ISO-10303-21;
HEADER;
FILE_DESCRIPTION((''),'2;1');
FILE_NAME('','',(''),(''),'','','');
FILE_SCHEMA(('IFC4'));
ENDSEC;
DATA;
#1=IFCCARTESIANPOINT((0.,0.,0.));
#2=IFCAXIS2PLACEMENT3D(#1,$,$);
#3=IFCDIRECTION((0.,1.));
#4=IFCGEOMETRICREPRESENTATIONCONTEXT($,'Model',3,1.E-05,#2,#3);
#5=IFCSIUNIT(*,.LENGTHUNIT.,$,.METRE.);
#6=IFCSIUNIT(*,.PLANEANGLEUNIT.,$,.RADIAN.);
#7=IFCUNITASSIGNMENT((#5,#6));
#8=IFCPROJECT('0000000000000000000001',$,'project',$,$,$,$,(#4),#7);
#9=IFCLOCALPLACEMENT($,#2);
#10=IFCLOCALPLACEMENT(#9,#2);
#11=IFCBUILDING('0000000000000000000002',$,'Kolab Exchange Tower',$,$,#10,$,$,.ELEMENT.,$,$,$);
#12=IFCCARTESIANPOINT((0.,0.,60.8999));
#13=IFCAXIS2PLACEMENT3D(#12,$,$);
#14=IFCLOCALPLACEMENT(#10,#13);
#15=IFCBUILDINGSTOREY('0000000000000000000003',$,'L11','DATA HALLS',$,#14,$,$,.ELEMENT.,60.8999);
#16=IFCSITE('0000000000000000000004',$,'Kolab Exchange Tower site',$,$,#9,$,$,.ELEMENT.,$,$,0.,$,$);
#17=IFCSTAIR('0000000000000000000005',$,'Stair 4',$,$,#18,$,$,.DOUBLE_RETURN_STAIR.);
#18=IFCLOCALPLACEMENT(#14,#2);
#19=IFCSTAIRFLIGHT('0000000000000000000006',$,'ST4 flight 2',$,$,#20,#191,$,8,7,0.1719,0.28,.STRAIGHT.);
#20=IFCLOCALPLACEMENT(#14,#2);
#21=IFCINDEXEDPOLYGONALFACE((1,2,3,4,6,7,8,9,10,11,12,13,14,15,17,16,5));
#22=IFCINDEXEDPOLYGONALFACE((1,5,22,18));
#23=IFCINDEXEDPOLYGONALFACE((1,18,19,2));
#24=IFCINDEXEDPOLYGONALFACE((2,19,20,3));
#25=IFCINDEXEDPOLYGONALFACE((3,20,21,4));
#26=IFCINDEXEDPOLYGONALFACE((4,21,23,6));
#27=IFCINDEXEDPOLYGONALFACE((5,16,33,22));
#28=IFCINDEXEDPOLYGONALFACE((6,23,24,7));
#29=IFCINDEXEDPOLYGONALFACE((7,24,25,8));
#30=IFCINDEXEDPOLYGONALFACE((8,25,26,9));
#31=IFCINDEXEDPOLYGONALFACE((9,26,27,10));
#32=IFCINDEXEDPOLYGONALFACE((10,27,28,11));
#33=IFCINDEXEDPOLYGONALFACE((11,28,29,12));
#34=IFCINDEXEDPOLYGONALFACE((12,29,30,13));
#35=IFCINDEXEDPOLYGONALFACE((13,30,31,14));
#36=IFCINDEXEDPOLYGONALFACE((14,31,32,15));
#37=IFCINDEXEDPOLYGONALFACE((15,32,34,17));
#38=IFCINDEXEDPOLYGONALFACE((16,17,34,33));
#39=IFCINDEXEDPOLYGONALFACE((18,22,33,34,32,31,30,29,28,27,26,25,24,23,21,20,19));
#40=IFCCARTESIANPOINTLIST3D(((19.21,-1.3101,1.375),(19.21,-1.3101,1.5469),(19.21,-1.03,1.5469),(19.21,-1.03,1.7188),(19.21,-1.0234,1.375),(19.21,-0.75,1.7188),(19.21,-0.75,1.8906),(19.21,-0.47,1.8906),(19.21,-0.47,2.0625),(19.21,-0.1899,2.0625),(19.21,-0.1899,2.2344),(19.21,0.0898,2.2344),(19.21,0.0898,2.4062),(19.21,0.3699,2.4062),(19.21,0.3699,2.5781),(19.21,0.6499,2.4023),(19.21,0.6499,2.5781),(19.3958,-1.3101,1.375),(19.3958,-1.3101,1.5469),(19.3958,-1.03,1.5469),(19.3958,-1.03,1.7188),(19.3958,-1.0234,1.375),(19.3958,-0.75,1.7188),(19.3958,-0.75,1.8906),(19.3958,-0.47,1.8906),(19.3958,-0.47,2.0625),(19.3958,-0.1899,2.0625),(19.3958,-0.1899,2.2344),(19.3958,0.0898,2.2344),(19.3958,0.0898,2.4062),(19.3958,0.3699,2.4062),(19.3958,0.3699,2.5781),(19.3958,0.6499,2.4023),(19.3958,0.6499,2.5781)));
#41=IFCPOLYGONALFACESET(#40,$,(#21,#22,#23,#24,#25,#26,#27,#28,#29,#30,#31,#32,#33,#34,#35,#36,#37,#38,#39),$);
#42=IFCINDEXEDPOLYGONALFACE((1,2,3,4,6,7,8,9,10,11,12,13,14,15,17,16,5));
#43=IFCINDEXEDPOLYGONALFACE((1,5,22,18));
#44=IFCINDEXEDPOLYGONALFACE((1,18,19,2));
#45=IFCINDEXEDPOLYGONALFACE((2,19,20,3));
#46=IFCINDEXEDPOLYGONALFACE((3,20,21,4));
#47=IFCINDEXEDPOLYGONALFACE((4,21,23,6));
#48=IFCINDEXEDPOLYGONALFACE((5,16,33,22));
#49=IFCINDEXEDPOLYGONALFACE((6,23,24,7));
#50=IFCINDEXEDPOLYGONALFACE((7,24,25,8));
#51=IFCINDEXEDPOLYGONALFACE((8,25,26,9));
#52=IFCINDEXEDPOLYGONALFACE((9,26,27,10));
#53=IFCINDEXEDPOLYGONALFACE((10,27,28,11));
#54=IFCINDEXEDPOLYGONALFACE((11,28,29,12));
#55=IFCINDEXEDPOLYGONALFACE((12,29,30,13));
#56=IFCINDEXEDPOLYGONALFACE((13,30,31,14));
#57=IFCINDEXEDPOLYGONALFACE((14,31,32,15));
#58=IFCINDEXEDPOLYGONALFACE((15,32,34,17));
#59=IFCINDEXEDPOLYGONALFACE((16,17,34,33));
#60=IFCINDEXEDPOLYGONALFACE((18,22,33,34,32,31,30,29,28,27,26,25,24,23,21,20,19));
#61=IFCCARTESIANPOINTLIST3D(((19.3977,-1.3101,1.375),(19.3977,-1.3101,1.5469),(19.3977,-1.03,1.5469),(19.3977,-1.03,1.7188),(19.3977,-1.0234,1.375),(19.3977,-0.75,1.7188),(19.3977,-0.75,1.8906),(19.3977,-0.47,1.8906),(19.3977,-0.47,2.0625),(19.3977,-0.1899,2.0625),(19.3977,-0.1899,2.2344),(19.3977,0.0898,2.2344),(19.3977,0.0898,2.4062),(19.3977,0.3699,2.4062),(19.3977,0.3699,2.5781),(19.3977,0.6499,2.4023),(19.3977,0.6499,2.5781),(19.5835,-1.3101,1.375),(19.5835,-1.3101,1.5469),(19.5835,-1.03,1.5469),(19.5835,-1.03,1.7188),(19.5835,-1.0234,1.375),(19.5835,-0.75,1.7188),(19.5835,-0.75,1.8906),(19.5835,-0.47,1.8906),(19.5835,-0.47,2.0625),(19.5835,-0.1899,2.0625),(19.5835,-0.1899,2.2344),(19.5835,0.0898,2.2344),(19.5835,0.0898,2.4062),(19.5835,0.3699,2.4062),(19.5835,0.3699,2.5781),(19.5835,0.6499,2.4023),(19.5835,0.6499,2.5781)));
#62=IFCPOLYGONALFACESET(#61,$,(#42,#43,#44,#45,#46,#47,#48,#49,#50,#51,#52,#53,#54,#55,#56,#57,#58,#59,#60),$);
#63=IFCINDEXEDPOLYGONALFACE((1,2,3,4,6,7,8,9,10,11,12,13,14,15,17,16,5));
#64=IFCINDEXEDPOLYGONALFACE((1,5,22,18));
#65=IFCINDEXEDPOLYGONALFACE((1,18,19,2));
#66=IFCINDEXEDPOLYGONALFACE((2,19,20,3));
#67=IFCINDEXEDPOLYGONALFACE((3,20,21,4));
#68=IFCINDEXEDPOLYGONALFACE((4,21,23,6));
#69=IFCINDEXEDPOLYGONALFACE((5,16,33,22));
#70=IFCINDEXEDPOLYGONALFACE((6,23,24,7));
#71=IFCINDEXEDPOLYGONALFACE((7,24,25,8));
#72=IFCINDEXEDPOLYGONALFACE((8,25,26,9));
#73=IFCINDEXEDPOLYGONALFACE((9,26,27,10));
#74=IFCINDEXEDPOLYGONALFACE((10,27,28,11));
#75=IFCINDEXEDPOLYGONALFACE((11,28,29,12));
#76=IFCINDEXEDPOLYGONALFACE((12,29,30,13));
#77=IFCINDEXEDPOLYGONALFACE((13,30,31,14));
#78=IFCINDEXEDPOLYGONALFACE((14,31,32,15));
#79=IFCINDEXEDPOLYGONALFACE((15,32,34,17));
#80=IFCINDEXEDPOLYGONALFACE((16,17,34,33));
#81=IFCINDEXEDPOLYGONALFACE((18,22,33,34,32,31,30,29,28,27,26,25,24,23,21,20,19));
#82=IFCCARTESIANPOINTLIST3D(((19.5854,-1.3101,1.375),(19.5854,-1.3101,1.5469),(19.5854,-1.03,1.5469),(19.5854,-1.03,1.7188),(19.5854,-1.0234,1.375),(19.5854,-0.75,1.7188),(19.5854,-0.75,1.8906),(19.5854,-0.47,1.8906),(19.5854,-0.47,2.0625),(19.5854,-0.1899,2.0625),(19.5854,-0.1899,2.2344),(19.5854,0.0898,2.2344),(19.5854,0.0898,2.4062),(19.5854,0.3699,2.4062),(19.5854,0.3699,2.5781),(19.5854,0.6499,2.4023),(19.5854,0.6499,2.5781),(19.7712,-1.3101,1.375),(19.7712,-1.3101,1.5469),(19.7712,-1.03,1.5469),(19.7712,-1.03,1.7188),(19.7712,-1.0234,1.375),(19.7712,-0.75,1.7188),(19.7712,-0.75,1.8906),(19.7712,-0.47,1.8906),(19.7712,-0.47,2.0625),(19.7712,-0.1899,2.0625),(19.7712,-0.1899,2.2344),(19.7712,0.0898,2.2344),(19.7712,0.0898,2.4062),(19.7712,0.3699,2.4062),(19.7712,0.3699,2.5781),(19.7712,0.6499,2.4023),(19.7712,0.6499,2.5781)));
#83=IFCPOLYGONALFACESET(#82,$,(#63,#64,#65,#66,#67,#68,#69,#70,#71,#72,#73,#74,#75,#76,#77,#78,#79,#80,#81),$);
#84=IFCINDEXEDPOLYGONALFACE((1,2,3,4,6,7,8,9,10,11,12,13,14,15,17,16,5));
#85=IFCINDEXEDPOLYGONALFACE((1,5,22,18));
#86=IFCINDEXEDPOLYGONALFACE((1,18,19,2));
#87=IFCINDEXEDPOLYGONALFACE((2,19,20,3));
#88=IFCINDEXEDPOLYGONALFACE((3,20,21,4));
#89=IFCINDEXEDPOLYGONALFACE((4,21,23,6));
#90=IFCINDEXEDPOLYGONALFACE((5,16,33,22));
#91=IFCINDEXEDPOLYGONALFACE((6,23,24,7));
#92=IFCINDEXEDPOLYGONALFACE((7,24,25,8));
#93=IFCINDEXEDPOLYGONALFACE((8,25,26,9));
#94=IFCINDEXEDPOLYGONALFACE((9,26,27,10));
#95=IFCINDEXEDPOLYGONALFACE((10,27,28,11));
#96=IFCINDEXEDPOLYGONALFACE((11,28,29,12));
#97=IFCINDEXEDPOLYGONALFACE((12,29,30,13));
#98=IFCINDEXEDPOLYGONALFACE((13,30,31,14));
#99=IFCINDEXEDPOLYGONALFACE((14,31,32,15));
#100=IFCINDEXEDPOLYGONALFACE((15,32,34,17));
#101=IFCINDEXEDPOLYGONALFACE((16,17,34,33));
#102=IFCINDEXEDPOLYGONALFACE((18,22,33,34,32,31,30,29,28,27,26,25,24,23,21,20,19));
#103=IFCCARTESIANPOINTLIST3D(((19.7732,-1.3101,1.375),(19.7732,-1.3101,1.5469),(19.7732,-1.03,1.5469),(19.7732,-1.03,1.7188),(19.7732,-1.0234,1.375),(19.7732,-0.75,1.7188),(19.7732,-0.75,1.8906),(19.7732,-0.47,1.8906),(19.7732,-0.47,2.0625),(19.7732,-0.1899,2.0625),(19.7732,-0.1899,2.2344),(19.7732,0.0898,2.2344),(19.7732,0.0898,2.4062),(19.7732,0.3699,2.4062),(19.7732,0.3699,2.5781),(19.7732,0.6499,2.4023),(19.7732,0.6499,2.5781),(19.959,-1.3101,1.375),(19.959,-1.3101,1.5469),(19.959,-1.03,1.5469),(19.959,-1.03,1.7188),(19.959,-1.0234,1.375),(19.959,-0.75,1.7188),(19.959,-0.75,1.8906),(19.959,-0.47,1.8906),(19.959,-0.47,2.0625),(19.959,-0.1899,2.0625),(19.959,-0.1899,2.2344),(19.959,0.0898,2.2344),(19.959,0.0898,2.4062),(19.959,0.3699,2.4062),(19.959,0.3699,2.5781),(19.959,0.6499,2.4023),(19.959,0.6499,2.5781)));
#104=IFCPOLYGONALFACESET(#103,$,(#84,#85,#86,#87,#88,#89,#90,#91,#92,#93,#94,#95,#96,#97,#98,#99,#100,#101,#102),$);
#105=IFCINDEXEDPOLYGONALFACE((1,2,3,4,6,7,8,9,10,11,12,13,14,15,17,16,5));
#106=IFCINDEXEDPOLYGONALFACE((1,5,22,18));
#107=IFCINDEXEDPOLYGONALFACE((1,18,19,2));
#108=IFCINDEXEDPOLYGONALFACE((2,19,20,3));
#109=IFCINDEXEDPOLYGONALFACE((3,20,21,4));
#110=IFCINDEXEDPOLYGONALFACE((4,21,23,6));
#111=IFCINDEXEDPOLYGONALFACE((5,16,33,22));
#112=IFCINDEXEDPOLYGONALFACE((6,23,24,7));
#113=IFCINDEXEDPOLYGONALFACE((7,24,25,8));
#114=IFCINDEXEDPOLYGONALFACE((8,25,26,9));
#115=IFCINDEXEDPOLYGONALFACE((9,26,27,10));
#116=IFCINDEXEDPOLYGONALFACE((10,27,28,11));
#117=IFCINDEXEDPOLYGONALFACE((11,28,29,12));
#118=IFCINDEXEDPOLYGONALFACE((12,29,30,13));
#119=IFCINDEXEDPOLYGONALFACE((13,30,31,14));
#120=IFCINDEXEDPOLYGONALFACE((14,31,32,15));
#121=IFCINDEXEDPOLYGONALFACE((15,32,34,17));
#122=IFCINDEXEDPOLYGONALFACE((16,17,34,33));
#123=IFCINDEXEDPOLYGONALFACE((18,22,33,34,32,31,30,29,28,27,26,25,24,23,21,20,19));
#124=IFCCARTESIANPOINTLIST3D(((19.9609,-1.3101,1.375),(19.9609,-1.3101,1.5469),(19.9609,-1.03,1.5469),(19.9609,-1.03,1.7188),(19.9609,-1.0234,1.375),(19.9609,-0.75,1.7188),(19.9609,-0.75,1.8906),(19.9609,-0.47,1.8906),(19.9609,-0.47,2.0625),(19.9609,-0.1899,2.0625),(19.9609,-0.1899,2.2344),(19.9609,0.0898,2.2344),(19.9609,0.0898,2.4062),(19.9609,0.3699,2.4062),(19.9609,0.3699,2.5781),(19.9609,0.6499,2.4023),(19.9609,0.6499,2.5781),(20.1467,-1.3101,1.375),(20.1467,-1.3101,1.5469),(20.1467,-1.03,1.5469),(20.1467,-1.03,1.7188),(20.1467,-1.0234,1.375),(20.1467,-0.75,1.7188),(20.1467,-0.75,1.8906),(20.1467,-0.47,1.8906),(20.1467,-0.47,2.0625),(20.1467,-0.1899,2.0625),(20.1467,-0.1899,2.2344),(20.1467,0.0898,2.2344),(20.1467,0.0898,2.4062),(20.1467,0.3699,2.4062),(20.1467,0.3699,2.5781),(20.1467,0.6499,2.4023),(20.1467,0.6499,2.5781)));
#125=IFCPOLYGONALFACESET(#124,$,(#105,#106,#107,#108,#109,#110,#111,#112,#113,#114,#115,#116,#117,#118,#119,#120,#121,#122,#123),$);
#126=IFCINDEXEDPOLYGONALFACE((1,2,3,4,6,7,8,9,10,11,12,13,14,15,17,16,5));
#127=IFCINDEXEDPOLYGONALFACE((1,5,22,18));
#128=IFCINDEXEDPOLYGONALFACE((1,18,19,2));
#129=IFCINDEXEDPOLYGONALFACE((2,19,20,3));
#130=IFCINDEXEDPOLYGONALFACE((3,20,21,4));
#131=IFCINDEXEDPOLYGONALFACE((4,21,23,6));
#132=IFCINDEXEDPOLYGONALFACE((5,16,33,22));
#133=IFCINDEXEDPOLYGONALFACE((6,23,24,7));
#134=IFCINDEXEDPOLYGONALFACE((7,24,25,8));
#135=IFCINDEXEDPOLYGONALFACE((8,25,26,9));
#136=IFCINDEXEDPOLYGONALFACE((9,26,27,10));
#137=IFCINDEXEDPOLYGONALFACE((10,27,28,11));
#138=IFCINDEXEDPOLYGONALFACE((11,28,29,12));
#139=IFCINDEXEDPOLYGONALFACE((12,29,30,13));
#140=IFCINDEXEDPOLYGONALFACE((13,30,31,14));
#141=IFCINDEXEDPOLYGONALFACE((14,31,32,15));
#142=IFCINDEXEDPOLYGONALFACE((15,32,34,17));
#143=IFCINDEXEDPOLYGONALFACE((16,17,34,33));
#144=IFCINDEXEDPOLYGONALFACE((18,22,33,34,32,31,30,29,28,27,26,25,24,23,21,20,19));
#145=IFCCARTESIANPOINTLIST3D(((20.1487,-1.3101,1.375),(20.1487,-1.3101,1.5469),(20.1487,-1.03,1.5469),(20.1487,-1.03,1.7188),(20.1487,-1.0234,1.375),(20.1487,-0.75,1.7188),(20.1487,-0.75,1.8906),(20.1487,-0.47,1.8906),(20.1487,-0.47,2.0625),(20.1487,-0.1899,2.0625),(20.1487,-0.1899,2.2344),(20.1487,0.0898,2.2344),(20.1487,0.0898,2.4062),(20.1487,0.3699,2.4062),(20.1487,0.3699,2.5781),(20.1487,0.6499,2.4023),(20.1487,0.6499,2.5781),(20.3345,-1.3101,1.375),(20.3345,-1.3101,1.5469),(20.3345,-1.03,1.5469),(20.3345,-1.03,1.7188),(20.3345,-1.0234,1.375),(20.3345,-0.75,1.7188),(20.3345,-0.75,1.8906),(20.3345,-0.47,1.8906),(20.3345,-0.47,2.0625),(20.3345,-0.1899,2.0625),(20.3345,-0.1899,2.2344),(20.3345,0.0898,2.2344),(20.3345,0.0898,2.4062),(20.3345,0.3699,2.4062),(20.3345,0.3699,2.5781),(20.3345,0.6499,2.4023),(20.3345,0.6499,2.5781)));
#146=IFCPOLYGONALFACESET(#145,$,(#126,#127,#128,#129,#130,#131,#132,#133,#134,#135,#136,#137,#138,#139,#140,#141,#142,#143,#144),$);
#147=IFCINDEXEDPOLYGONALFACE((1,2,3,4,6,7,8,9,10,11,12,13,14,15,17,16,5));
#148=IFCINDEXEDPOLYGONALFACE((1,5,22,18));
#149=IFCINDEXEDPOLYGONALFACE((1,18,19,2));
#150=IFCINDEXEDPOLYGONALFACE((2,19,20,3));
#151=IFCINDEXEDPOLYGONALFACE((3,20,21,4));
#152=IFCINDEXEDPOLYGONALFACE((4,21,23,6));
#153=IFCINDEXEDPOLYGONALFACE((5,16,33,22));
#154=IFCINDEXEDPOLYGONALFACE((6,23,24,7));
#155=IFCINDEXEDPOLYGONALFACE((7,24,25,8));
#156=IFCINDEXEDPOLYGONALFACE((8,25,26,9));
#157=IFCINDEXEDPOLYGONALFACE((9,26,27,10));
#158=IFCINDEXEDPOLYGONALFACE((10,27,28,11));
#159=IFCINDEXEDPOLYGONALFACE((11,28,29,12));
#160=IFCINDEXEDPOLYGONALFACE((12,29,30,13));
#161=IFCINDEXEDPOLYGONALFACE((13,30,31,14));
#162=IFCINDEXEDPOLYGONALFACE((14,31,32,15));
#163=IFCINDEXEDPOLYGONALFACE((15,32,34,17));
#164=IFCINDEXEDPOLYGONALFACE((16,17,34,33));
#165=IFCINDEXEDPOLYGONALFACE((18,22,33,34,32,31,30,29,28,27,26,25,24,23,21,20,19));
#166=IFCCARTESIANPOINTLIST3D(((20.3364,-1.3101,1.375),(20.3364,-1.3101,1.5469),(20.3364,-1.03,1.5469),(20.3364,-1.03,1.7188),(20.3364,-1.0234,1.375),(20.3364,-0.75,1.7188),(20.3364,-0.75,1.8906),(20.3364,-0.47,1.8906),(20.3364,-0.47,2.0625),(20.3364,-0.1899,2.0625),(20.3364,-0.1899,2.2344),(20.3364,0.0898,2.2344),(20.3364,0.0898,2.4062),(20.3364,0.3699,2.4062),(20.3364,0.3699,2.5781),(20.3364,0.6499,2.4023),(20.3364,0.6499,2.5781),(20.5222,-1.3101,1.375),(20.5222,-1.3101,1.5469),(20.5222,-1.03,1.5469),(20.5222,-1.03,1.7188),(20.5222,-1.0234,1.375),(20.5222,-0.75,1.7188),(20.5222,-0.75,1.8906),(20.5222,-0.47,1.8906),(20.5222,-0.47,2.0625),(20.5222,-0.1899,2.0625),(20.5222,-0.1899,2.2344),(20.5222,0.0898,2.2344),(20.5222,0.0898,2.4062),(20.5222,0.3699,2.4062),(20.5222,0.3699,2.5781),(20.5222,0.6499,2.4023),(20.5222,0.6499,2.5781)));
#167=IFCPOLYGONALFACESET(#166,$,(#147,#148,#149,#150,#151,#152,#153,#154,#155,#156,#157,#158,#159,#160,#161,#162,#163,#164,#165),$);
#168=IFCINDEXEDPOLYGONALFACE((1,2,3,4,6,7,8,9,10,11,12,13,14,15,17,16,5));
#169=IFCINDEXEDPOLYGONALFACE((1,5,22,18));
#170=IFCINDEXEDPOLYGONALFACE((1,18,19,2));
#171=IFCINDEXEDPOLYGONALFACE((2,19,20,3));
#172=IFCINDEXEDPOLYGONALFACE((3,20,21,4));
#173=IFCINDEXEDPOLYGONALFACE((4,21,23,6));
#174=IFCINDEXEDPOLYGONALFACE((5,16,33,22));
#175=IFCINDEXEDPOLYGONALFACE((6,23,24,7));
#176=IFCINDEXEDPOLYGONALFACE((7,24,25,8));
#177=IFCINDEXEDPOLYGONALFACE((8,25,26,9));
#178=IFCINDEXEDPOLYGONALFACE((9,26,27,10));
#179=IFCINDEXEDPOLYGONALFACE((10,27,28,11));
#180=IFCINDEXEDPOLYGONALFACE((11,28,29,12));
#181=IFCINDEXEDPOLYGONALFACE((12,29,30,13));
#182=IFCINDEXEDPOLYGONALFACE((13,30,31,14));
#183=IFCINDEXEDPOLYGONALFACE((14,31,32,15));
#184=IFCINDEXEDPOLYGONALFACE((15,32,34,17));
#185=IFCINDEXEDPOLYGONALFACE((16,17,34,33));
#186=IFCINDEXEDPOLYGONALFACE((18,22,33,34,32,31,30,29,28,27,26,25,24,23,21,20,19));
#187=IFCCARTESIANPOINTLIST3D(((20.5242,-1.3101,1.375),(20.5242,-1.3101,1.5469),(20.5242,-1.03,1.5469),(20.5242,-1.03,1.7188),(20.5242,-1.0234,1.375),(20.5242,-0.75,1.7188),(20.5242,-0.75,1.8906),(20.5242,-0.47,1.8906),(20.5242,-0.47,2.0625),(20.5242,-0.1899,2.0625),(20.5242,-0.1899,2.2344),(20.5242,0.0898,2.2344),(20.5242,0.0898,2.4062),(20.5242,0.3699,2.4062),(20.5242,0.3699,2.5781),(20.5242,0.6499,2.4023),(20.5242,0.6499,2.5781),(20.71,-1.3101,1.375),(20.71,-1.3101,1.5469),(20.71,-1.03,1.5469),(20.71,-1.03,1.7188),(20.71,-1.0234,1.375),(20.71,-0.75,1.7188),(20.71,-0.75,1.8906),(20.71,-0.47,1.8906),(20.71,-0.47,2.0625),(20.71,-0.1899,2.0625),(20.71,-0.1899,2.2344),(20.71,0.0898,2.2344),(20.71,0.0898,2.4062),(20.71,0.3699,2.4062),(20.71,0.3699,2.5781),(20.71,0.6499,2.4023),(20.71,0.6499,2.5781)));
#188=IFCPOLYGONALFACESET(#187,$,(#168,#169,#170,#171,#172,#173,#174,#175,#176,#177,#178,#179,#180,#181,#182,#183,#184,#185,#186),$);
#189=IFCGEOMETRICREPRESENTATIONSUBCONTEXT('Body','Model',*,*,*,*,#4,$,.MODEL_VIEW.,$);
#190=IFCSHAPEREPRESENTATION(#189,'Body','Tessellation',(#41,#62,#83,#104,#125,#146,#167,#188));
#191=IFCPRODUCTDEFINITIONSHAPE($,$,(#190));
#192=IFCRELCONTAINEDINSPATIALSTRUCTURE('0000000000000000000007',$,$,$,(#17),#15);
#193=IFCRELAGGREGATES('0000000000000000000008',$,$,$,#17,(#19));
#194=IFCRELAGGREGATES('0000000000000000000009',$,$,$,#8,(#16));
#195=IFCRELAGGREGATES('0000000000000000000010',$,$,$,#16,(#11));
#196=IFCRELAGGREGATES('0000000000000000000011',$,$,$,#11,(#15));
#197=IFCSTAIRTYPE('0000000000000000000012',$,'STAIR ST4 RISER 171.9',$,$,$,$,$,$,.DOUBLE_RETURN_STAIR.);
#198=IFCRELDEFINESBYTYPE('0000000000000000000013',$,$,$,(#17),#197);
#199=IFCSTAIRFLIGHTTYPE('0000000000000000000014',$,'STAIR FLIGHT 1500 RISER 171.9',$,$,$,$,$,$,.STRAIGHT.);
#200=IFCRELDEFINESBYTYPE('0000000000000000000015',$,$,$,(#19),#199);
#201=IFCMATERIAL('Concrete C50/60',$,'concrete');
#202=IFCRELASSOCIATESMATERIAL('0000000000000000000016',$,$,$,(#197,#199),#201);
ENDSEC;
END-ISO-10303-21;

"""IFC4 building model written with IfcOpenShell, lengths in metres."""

from ifc_helpers import new_model, si_unit, direction, frame, origin, place, context, subcontext, project, spatial, polyline, outline, extrude, material, type_object, element, aggregate, save


model = new_model("IFC4")

# Units and contexts
model_context = context("Model", 3, precision=1e-05, world=origin(), true_north=direction((0.0, 1.0)))
body_context = subcontext(model_context, "Body", "Model", "MODEL_VIEW")
ifc_project = project(units=[si_unit("LENGTHUNIT", "METRE"), si_unit("PLANEANGLEUNIT", "RADIAN")], contexts=[model_context])

# Site, building, storey
site_placement = place(None, origin())
site = spatial("IfcSite", under=ifc_project, at=site_placement, Name="Kolab Exchange Tower site", CompositionType="ELEMENT", RefElevation=0.0)
building_placement = place(site_placement, origin())
building = spatial("IfcBuilding", under=site, at=building_placement, Name="Kolab Exchange Tower", CompositionType="ELEMENT")
storey_placement = place(building_placement, frame((0.0, 0.0, 60.8999)))
storey = spatial("IfcBuildingStorey", under=building, at=storey_placement, Name="L11", Description="DATA HALLS", CompositionType="ELEMENT", Elevation=60.8999)

# Shared definitions
ifc_material_1 = material(Name="Concrete C50/60", Category="concrete")

# Stair, stair flight
stair_type = type_object("IfcStairType", Name="STAIR ST4 RISER 171.9", PredefinedType="DOUBLE_RETURN_STAIR", material=ifc_material_1)
stair_placement = place(storey_placement, origin())
stair = element("IfcStair", 1, at=stair_placement, inside=storey, type_object=stair_type, Name="Stair 4", PredefinedType="DOUBLE_RETURN_STAIR")
stair_flight_type = type_object("IfcStairFlightType", Name="STAIR FLIGHT 1500 RISER 171.9", PredefinedType="STRAIGHT", material=ifc_material_1)
stair_flight_1_placement = place(storey_placement, frame((19.96, -1.3101, 1.375), z_axis=(0.0, 0.0, 1.0), x_axis=(0.0, 1.0, 0.0)))
stair_flight_1 = element("IfcStairFlight", 2, at=stair_flight_1_placement, type_object=stair_flight_type, Name="ST4 flight 2", NumberOfRisers=8, NumberOfTreads=7, PredefinedType="STRAIGHT", RiserHeight=0.1719, TreadLength=0.28, context=body_context, shape_type="SweptSolid", body=[
    extrude(outline(polyline([(0.0, 0.0), (0.0, 0.1719), (0.28, 0.1719), (0.28, 0.3438), (0.5601, 0.3438), (0.5601, 0.5156), (0.8401, 0.5156), (0.8401, 0.6875), (1.1201, 0.6875), (1.1201, 0.8594), (1.3999, 0.8594), (1.3999, 1.0312), (1.6799, 1.0312), (1.6799, 1.2031), (1.96, 1.2031), (1.96, 1.375), (1.96, 1.0273), (0.2866, 0.0), (0.0, 0.0)])), frame((0.0, 0.75, 0.0), z_axis=(0.0, -1.0, 0.0), x_axis=(1.0, 0.0, 0.0)), (0.0, 0.0, 1.0), 0.1858),
    extrude(outline(polyline([(0.0, 0.0), (0.0, 0.1719), (0.28, 0.1719), (0.28, 0.3438), (0.5601, 0.3438), (0.5601, 0.5156), (0.8401, 0.5156), (0.8401, 0.6875), (1.1201, 0.6875), (1.1201, 0.8594), (1.3999, 0.8594), (1.3999, 1.0312), (1.6799, 1.0312), (1.6799, 1.2031), (1.96, 1.2031), (1.96, 1.375), (1.96, 1.0273), (0.2866, 0.0), (0.0, 0.0)])), frame((0.0, 0.5623, 0.0), z_axis=(0.0, -1.0, 0.0), x_axis=(1.0, 0.0, 0.0)), (0.0, 0.0, 1.0), 0.1858),
    extrude(outline(polyline([(0.0, 0.0), (0.0, 0.1719), (0.28, 0.1719), (0.28, 0.3438), (0.5601, 0.3438), (0.5601, 0.5156), (0.8401, 0.5156), (0.8401, 0.6875), (1.1201, 0.6875), (1.1201, 0.8594), (1.3999, 0.8594), (1.3999, 1.0312), (1.6799, 1.0312), (1.6799, 1.2031), (1.96, 1.2031), (1.96, 1.375), (1.96, 1.0273), (0.2866, 0.0), (0.0, 0.0)])), frame((0.0, 0.3745, 0.0), z_axis=(0.0, -1.0, 0.0), x_axis=(1.0, 0.0, 0.0)), (0.0, 0.0, 1.0), 0.1858),
    extrude(outline(polyline([(0.0, 0.0), (0.0, 0.1719), (0.28, 0.1719), (0.28, 0.3438), (0.5601, 0.3438), (0.5601, 0.5156), (0.8401, 0.5156), (0.8401, 0.6875), (1.1201, 0.6875), (1.1201, 0.8594), (1.3999, 0.8594), (1.3999, 1.0312), (1.6799, 1.0312), (1.6799, 1.2031), (1.96, 1.2031), (1.96, 1.375), (1.96, 1.0273), (0.2866, 0.0), (0.0, 0.0)])), frame((0.0, 0.1868, 0.0), z_axis=(0.0, -1.0, 0.0), x_axis=(1.0, 0.0, 0.0)), (0.0, 0.0, 1.0), 0.1858),
    extrude(outline(polyline([(0.0, 0.0), (0.0, 0.1719), (0.28, 0.1719), (0.28, 0.3438), (0.5601, 0.3438), (0.5601, 0.5156), (0.8401, 0.5156), (0.8401, 0.6875), (1.1201, 0.6875), (1.1201, 0.8594), (1.3999, 0.8594), (1.3999, 1.0312), (1.6799, 1.0312), (1.6799, 1.2031), (1.96, 1.2031), (1.96, 1.375), (1.96, 1.0273), (0.2866, 0.0), (0.0, 0.0)])), frame((0.0, -0.001, 0.0), z_axis=(0.0, -1.0, 0.0), x_axis=(1.0, 0.0, 0.0)), (0.0, 0.0, 1.0), 0.1858),
    extrude(outline(polyline([(0.0, 0.0), (0.0, 0.1719), (0.28, 0.1719), (0.28, 0.3438), (0.5601, 0.3438), (0.5601, 0.5156), (0.8401, 0.5156), (0.8401, 0.6875), (1.1201, 0.6875), (1.1201, 0.8594), (1.3999, 0.8594), (1.3999, 1.0312), (1.6799, 1.0312), (1.6799, 1.2031), (1.96, 1.2031), (1.96, 1.375), (1.96, 1.0273), (0.2866, 0.0), (0.0, 0.0)])), frame((0.0, -0.1887, 0.0), z_axis=(0.0, -1.0, 0.0), x_axis=(1.0, 0.0, 0.0)), (0.0, 0.0, 1.0), 0.1858),
    extrude(outline(polyline([(0.0, 0.0), (0.0, 0.1719), (0.28, 0.1719), (0.28, 0.3438), (0.5601, 0.3438), (0.5601, 0.5156), (0.8401, 0.5156), (0.8401, 0.6875), (1.1201, 0.6875), (1.1201, 0.8594), (1.3999, 0.8594), (1.3999, 1.0312), (1.6799, 1.0312), (1.6799, 1.2031), (1.96, 1.2031), (1.96, 1.375), (1.96, 1.0273), (0.2866, 0.0), (0.0, 0.0)])), frame((0.0, -0.3765, 0.0), z_axis=(0.0, -1.0, 0.0), x_axis=(1.0, 0.0, 0.0)), (0.0, 0.0, 1.0), 0.1858),
    extrude(outline(polyline([(0.0, 0.0), (0.0, 0.1719), (0.28, 0.1719), (0.28, 0.3438), (0.5601, 0.3438), (0.5601, 0.5156), (0.8401, 0.5156), (0.8401, 0.6875), (1.1201, 0.6875), (1.1201, 0.8594), (1.3999, 0.8594), (1.3999, 1.0312), (1.6799, 1.0312), (1.6799, 1.2031), (1.96, 1.2031), (1.96, 1.375), (1.96, 1.0273), (0.2866, 0.0), (0.0, 0.0)])), frame((0.0, -0.5642, 0.0), z_axis=(0.0, -1.0, 0.0), x_axis=(1.0, 0.0, 0.0)), (0.0, 0.0, 1.0), 0.1858),
])
aggregate(stair, [stair_flight_1])

save(model, "model.ifc")
